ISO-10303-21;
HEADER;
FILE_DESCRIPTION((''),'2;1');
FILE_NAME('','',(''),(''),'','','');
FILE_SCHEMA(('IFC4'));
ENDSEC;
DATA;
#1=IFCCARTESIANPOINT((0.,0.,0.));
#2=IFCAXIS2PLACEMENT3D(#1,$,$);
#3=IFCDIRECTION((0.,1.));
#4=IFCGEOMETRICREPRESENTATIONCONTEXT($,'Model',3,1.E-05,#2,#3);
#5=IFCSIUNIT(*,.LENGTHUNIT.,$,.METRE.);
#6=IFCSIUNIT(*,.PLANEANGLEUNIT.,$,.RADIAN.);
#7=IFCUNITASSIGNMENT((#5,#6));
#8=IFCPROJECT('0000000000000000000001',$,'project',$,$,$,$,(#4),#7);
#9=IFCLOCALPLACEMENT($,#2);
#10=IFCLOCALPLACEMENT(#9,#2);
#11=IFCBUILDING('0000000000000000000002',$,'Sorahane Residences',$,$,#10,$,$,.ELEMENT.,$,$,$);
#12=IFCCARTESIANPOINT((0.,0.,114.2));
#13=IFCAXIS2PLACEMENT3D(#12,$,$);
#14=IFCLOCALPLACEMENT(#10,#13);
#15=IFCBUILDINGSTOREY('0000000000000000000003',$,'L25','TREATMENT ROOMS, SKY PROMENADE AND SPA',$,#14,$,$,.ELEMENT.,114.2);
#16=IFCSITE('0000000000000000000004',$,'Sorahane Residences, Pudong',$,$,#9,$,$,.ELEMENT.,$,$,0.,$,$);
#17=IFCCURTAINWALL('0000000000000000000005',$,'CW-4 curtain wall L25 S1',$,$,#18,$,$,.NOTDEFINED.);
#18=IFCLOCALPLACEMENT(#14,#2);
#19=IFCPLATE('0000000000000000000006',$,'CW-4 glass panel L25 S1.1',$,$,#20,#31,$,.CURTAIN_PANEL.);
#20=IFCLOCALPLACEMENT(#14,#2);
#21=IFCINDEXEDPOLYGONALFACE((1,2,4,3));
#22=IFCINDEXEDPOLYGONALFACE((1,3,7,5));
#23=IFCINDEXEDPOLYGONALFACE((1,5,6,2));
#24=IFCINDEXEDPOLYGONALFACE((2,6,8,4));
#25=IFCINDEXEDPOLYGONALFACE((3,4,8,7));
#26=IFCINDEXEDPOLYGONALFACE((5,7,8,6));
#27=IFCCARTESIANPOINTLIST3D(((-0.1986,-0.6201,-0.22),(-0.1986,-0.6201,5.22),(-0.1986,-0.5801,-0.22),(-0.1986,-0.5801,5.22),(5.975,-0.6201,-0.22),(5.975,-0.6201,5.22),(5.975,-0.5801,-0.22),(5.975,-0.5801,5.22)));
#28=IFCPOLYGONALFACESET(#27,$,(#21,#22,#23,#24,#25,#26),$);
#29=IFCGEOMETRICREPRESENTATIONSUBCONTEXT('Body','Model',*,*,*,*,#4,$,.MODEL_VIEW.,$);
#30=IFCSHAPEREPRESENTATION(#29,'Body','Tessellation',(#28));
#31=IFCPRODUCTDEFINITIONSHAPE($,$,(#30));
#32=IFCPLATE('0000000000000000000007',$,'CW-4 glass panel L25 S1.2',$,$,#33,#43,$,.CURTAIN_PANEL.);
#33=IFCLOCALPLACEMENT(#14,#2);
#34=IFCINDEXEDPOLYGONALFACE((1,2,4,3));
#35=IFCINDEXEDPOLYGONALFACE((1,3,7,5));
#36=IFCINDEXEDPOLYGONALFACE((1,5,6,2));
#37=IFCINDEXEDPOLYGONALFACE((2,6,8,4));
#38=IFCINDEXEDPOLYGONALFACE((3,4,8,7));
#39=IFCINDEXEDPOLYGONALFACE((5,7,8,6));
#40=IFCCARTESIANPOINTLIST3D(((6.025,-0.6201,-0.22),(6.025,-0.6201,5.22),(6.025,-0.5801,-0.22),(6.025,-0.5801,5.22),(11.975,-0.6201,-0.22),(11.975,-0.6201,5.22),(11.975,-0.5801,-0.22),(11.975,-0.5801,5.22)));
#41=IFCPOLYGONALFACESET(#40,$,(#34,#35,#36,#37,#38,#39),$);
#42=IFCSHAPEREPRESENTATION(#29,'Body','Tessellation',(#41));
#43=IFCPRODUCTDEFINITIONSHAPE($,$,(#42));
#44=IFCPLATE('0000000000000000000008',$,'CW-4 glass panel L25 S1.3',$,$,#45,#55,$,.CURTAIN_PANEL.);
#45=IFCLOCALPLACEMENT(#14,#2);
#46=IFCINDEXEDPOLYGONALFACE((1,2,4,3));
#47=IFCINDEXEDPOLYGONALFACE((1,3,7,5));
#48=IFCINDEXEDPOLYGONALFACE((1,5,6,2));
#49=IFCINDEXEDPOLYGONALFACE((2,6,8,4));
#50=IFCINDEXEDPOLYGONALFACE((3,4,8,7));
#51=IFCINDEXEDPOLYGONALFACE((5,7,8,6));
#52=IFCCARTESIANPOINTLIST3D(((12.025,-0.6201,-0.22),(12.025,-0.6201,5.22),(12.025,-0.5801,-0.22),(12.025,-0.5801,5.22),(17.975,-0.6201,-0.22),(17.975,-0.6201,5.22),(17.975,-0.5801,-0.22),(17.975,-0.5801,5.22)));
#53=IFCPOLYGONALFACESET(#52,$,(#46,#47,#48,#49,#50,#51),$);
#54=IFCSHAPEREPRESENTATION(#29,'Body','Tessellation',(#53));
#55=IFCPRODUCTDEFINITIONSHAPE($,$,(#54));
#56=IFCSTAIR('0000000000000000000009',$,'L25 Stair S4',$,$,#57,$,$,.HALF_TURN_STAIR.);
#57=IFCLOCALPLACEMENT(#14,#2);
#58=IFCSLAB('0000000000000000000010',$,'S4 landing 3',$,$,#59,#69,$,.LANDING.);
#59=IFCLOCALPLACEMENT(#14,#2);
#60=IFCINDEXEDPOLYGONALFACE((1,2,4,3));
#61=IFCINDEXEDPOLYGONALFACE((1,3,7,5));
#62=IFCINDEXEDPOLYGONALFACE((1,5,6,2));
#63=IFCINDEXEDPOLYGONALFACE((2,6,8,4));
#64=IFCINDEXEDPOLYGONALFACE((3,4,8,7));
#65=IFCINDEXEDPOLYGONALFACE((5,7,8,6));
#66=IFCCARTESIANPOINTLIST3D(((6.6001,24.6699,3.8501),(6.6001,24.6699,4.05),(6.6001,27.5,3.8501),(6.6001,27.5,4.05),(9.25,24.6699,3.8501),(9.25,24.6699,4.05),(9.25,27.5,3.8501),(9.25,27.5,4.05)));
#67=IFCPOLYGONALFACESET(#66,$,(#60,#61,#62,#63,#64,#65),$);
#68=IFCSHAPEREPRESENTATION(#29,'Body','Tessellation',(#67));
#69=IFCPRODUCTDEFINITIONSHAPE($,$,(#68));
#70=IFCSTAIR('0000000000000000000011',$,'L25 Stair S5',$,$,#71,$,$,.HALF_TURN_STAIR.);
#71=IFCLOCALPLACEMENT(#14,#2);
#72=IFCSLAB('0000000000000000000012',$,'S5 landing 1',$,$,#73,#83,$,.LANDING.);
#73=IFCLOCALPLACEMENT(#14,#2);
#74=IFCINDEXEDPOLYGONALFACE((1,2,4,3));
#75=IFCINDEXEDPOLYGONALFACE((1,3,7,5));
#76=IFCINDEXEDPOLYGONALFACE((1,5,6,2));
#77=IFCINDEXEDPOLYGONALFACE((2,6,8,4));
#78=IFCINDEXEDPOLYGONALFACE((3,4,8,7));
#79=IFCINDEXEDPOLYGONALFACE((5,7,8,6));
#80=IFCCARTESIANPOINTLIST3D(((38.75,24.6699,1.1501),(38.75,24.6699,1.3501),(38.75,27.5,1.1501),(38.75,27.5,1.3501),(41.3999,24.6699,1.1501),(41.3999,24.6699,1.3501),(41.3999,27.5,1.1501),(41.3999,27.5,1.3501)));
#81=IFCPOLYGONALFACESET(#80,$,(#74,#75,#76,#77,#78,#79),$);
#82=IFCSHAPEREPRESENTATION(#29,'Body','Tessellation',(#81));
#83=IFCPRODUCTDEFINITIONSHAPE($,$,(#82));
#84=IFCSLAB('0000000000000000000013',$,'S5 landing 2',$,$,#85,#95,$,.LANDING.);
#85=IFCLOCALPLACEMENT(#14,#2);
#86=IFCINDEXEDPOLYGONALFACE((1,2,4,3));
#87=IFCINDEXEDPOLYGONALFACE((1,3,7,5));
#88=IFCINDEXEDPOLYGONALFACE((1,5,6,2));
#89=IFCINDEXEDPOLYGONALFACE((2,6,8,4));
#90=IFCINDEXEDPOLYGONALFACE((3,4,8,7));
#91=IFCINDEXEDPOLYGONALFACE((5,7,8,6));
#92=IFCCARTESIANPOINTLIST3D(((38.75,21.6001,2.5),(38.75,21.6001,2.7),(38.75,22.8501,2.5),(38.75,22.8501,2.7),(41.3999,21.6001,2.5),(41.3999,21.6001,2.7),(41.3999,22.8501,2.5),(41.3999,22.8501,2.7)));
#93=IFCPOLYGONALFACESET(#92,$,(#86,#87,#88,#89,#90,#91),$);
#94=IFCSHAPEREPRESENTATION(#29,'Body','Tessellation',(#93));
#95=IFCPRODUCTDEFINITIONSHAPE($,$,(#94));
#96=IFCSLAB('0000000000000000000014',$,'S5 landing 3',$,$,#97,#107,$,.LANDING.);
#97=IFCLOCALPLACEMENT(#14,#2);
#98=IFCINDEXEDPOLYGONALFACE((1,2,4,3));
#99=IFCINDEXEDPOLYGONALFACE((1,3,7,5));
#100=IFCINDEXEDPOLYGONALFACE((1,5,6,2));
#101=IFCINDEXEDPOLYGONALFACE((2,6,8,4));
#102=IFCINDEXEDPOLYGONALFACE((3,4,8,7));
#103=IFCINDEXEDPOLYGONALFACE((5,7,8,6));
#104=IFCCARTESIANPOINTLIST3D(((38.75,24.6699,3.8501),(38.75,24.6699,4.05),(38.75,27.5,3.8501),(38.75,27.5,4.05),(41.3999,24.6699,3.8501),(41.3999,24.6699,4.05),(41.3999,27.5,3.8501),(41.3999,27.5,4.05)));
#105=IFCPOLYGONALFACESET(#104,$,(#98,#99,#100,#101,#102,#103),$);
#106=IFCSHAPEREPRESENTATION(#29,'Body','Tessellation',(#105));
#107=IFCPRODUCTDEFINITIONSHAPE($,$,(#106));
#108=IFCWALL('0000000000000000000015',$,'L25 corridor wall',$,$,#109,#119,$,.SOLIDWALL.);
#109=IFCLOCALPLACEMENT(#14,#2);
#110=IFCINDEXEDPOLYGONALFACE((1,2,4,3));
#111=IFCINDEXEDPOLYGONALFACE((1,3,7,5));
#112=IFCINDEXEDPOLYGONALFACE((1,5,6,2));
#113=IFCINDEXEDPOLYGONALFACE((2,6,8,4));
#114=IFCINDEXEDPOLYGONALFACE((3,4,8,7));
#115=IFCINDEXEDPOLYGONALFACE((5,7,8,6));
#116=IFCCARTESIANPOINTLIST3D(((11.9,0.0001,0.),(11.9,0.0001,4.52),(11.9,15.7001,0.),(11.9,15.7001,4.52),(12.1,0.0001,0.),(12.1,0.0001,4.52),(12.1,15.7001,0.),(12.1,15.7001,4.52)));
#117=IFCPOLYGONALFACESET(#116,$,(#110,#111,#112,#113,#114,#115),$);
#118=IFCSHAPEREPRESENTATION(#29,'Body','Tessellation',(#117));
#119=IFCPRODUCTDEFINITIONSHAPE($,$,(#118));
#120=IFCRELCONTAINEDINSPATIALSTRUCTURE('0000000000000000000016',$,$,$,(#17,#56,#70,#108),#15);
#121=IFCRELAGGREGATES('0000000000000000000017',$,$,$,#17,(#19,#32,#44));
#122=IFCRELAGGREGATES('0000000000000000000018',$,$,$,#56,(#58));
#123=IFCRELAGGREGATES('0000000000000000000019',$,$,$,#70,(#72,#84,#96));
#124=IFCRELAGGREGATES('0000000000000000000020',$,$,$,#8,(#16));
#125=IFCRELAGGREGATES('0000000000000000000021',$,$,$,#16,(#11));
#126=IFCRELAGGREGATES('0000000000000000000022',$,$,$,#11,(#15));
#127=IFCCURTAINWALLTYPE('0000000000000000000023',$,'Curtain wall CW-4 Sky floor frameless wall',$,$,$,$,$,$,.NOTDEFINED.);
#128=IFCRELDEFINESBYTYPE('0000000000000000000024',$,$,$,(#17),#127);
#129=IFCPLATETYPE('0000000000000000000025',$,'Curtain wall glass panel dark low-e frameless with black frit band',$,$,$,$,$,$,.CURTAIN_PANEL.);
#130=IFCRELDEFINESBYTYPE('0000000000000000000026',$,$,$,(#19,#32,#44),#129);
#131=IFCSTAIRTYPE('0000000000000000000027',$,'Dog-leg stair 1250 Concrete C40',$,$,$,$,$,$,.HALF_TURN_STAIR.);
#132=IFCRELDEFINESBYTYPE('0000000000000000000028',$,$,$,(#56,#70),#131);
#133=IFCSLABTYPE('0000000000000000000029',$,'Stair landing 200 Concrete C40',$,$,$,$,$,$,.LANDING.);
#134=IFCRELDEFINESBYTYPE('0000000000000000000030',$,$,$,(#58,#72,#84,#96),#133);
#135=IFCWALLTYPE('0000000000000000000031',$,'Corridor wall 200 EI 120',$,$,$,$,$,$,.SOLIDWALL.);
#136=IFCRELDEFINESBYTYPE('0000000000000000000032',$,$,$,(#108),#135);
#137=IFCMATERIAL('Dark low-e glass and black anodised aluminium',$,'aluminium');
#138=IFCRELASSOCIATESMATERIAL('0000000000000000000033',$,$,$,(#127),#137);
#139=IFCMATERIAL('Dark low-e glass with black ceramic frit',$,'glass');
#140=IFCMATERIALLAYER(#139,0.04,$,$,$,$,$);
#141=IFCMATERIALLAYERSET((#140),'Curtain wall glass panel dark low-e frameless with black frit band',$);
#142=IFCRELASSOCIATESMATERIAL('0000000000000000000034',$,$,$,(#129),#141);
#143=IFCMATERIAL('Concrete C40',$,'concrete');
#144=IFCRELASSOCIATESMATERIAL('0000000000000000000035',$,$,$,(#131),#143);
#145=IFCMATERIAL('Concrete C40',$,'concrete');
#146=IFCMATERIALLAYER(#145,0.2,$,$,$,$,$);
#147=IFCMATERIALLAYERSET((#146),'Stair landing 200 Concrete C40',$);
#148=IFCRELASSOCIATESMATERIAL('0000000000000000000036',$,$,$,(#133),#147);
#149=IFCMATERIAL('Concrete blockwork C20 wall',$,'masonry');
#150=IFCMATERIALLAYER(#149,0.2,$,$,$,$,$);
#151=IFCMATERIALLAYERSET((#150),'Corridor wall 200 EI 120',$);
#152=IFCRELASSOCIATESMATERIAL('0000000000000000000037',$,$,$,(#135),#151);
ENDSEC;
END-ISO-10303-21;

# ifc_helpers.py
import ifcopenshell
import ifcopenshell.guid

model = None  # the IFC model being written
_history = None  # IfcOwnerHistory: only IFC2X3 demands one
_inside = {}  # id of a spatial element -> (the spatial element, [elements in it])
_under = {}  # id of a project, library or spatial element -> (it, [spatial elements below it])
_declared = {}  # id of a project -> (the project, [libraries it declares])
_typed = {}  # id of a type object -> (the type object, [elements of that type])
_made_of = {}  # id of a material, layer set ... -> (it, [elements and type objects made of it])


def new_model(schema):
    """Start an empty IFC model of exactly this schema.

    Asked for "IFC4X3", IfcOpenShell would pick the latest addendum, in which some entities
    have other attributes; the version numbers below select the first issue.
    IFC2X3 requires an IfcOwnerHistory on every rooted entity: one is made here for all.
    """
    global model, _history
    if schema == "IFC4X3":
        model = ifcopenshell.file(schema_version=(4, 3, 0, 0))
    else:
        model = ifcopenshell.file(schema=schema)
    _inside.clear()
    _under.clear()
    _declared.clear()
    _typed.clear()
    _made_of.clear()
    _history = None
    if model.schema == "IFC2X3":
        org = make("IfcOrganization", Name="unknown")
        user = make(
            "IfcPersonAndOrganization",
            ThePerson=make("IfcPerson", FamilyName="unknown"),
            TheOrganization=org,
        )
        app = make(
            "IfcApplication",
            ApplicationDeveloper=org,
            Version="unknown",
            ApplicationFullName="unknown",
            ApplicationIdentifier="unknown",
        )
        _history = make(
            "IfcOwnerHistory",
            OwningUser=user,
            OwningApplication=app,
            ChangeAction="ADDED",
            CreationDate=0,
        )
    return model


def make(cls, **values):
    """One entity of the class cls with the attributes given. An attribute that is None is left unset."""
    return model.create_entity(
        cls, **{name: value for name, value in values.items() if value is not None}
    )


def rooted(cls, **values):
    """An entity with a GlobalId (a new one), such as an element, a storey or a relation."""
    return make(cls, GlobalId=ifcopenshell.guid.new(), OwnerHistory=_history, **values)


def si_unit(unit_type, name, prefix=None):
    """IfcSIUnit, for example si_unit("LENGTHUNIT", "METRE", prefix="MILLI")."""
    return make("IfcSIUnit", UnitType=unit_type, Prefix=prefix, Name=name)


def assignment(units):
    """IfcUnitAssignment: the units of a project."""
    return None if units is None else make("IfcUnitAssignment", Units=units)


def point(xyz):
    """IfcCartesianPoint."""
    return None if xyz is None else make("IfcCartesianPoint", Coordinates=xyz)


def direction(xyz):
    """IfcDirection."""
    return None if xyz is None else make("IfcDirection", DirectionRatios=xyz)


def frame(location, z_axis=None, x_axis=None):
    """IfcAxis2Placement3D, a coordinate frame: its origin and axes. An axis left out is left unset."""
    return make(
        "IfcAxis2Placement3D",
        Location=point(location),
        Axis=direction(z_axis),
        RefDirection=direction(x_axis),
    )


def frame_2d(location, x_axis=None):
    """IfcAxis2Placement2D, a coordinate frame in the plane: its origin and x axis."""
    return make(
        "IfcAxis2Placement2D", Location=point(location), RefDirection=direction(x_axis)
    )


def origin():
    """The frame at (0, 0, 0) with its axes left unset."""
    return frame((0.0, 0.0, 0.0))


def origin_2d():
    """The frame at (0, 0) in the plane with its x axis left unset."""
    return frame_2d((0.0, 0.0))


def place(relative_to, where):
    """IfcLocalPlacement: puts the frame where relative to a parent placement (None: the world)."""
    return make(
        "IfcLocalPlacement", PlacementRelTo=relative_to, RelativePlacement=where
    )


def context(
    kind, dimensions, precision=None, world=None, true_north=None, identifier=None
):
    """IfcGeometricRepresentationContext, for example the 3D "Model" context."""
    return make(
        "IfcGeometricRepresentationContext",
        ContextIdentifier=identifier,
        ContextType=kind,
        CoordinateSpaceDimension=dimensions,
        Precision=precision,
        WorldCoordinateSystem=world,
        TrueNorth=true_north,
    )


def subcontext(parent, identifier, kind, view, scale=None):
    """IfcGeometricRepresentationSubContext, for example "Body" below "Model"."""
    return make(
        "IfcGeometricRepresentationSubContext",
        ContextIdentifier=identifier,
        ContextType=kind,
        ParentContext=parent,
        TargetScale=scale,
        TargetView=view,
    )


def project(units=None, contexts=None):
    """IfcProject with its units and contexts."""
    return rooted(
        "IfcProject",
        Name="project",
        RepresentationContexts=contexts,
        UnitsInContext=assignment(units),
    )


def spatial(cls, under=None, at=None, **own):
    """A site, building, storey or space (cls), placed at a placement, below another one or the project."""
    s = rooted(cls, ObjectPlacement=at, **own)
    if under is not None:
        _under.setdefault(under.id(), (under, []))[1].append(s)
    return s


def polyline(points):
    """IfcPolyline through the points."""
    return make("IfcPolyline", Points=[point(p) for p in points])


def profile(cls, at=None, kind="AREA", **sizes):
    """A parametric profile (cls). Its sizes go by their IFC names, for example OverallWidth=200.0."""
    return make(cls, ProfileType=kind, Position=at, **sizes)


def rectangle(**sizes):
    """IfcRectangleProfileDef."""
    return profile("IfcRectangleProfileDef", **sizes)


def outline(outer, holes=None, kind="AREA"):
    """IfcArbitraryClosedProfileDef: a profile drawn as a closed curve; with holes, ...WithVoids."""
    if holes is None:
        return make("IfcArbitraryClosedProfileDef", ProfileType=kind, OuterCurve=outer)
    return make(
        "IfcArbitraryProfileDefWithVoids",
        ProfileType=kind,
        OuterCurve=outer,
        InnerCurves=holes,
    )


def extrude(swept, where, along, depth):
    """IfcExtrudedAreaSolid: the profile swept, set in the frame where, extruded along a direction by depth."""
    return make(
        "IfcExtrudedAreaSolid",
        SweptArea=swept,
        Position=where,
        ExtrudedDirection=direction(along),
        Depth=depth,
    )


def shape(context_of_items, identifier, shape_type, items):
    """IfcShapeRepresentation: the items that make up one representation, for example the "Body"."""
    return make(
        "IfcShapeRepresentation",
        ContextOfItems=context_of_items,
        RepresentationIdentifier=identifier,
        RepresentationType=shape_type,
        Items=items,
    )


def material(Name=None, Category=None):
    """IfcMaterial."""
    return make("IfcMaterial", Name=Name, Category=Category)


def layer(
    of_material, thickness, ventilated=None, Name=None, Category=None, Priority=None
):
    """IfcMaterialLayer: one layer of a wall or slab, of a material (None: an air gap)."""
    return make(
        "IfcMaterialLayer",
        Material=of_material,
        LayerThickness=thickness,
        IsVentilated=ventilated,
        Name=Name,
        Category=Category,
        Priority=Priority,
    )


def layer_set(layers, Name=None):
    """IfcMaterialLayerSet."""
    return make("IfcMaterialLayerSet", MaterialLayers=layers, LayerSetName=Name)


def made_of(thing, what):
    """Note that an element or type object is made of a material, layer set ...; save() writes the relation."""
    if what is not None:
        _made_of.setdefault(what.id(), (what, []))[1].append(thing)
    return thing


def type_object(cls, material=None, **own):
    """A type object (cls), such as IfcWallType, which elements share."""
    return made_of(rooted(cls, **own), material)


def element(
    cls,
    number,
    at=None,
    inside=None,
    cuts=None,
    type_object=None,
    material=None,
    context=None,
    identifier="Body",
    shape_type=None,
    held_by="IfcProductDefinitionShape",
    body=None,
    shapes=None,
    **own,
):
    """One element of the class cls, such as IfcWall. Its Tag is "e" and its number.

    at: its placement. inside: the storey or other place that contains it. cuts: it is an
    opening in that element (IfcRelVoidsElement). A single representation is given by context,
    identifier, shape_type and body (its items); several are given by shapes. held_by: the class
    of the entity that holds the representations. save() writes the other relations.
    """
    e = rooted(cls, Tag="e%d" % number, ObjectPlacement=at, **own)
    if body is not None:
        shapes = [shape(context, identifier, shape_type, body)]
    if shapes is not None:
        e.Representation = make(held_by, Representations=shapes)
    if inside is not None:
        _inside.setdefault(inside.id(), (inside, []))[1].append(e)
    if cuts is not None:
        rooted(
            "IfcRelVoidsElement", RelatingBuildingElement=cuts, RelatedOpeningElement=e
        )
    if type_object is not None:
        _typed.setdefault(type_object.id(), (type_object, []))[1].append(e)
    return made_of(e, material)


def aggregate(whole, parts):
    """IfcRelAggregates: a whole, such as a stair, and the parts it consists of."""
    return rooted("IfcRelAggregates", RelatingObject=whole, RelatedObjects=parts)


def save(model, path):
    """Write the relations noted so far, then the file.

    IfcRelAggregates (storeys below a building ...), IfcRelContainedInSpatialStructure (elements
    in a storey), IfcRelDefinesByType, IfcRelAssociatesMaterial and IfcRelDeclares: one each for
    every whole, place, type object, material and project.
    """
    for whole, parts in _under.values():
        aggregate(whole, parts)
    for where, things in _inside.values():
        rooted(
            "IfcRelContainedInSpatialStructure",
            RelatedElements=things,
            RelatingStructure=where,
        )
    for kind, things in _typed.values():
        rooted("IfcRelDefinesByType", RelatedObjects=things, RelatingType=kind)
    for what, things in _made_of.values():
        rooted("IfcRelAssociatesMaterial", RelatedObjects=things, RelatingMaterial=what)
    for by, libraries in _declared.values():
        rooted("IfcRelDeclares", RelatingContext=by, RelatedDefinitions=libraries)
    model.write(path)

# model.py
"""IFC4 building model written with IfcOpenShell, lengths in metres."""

from ifc_helpers import new_model, si_unit, direction, frame, frame_2d, origin, origin_2d, place, context, subcontext, project, spatial, polyline, rectangle, outline, extrude, material, layer, layer_set, type_object, element, aggregate, save


model = new_model("IFC4")

# Units and contexts
model_context = context("Model", 3, precision=1e-05, world=origin(), true_north=direction((0.0, 1.0)))
body_context = subcontext(model_context, "Body", "Model", "MODEL_VIEW")
ifc_project = project(units=[si_unit("LENGTHUNIT", "METRE"), si_unit("PLANEANGLEUNIT", "RADIAN")], contexts=[model_context])

# Site, building, storey
site_placement = place(None, origin())
site = spatial("IfcSite", under=ifc_project, at=site_placement, Name="Sorahane Residences, Pudong", CompositionType="ELEMENT", RefElevation=0.0)
building_placement = place(site_placement, origin())
building = spatial("IfcBuilding", under=site, at=building_placement, Name="Sorahane Residences", CompositionType="ELEMENT")
storey_placement = place(building_placement, frame((0.0, 0.0, 114.2)))
storey = spatial("IfcBuildingStorey", under=building, at=storey_placement, Name="L25", Description="TREATMENT ROOMS, SKY PROMENADE AND SPA", CompositionType="ELEMENT", Elevation=114.2)

# Curtain wall
ifc_material_1 = material(Name="Dark low-e glass and black anodised aluminium", Category="aluminium")
curtain_wall_type = type_object("IfcCurtainWallType", Name="Curtain wall CW-4 Sky floor frameless wall", PredefinedType="NOTDEFINED", material=ifc_material_1)
curtain_wall_placement = place(storey_placement, origin())
curtain_wall = element("IfcCurtainWall", 1, at=curtain_wall_placement, inside=storey, type_object=curtain_wall_type, Name="CW-4 curtain wall L25 S1", PredefinedType="NOTDEFINED")

# Plates
ifc_material_2 = material(Name="Dark low-e glass with black ceramic frit", Category="glass")
ifc_layer_1 = layer(ifc_material_2, 0.04)
ifc_layer_set_1 = layer_set([ifc_layer_1], Name="Curtain wall glass panel dark low-e frameless with black frit band")
plate_type = type_object("IfcPlateType", Name="Curtain wall glass panel dark low-e frameless with black frit band", PredefinedType="CURTAIN_PANEL", material=ifc_layer_set_1)
plate_1_placement = place(storey_placement, frame((2.8882, -0.6001, -0.22), z_axis=(0.0, 0.0, 1.0), x_axis=(1.0, 0.0, 0.0)))
plate_1 = element("IfcPlate", 2, at=plate_1_placement, type_object=plate_type, Name="CW-4 glass panel L25 S1.1", PredefinedType="CURTAIN_PANEL", context=body_context, shape_type="SweptSolid", body=[
    extrude(rectangle(XDim=6.1736, YDim=0.04, at=origin_2d()), origin(), (0.0, 0.0, 1.0), 5.4399),
])
plate_2_placement = place(storey_placement, frame((9.0, -0.6001, -0.22), z_axis=(0.0, 0.0, 1.0), x_axis=(1.0, 0.0, 0.0)))
plate_2 = element("IfcPlate", 3, at=plate_2_placement, type_object=plate_type, Name="CW-4 glass panel L25 S1.2", PredefinedType="CURTAIN_PANEL", context=body_context, shape_type="SweptSolid", body=[
    extrude(rectangle(XDim=5.95, YDim=0.04, at=origin_2d()), origin(), (0.0, 0.0, 1.0), 5.4399),
])
plate_3_placement = place(storey_placement, frame((15.0, -0.6001, -0.22), z_axis=(0.0, 0.0, 1.0), x_axis=(1.0, 0.0, 0.0)))
plate_3 = element("IfcPlate", 4, at=plate_3_placement, type_object=plate_type, Name="CW-4 glass panel L25 S1.3", PredefinedType="CURTAIN_PANEL", context=body_context, shape_type="SweptSolid", body=[
    extrude(rectangle(XDim=5.95, YDim=0.04, at=origin_2d()), origin(), (0.0, 0.0, 1.0), 5.4399),
])
aggregate(curtain_wall, [plate_1, plate_2, plate_3])

# Stair, slab
ifc_material_3 = material(Name="Concrete C40", Category="concrete")
stair_type = type_object("IfcStairType", Name="Dog-leg stair 1250 Concrete C40", PredefinedType="HALF_TURN_STAIR", material=ifc_material_3)
stair_1_placement = place(storey_placement, origin())
stair_1 = element("IfcStair", 5, at=stair_1_placement, inside=storey, type_object=stair_type, Name="L25 Stair S4", PredefinedType="HALF_TURN_STAIR")
ifc_material_4 = material(Name="Concrete C40", Category="concrete")
ifc_layer_2 = layer(ifc_material_4, 0.2)
ifc_layer_set_2 = layer_set([ifc_layer_2], Name="Stair landing 200 Concrete C40")
slab_type = type_object("IfcSlabType", Name="Stair landing 200 Concrete C40", PredefinedType="LANDING", material=ifc_layer_set_2)
slab_1_placement = place(storey_placement, frame((0.0, 0.0, 3.8501)))
slab_1 = element("IfcSlab", 6, at=slab_1_placement, type_object=slab_type, Name="S4 landing 3", PredefinedType="LANDING", context=body_context, shape_type="SweptSolid", body=[
    extrude(outline(polyline([(9.25, 24.6699), (9.25, 27.5), (6.6001, 27.5), (6.6001, 24.6699), (9.25, 24.6699)])), origin(), (0.0, 0.0, 1.0), 0.2),
])
aggregate(stair_1, [slab_1])

# Stair, slabs
stair_2_placement = place(storey_placement, origin())
stair_2 = element("IfcStair", 7, at=stair_2_placement, inside=storey, type_object=stair_type, Name="L25 Stair S5", PredefinedType="HALF_TURN_STAIR")
slab_2_placement = place(storey_placement, frame((0.0, 0.0, 1.1501)))
slab_2 = element("IfcSlab", 8, at=slab_2_placement, type_object=slab_type, Name="S5 landing 1", PredefinedType="LANDING", context=body_context, shape_type="SweptSolid", body=[
    extrude(outline(polyline([(41.3999, 24.6699), (41.3999, 27.5), (38.75, 27.5), (38.75, 24.6699), (41.3999, 24.6699)])), origin(), (0.0, 0.0, 1.0), 0.2),
])
slab_3_placement = place(storey_placement, frame((0.0, 0.0, 2.5)))
slab_3 = element("IfcSlab", 9, at=slab_3_placement, type_object=slab_type, Name="S5 landing 2", PredefinedType="LANDING", context=body_context, shape_type="SweptSolid", body=[
    extrude(outline(polyline([(41.3999, 21.6001), (41.3999, 22.8501), (38.75, 22.8501), (38.75, 21.6001), (41.3999, 21.6001)])), origin(), (0.0, 0.0, 1.0), 0.2),
])
slab_4_placement = place(storey_placement, frame((0.0, 0.0, 3.8501)))
slab_4 = element("IfcSlab", 10, at=slab_4_placement, type_object=slab_type, Name="S5 landing 3", PredefinedType="LANDING", context=body_context, shape_type="SweptSolid", body=[
    extrude(outline(polyline([(41.3999, 24.6699), (41.3999, 27.5), (38.75, 27.5), (38.75, 24.6699), (41.3999, 24.6699)])), origin(), (0.0, 0.0, 1.0), 0.2),
])
aggregate(stair_2, [slab_2, slab_3, slab_4])

# Wall
ifc_material_5 = material(Name="Concrete blockwork C20 wall", Category="masonry")
ifc_layer_3 = layer(ifc_material_5, 0.2)
ifc_layer_set_3 = layer_set([ifc_layer_3], Name="Corridor wall 200 EI 120")
wall_type = type_object("IfcWallType", Name="Corridor wall 200 EI 120", PredefinedType="SOLIDWALL", material=ifc_layer_set_3)
wall_placement = place(storey_placement, frame((12.0, 0.0, 0.0), z_axis=(0.0, 0.0, 1.0), x_axis=(0.0, 1.0, 0.0)))
element("IfcWall", 11, at=wall_placement, inside=storey, type_object=wall_type, Name="L25 corridor wall", PredefinedType="SOLIDWALL", context=body_context, shape_type="SweptSolid", body=[
    extrude(rectangle(XDim=15.7, YDim=0.2, at=frame_2d((7.8501, 0.0))), origin(), (0.0, 0.0, 1.0), 4.52),
])

save(model, "model.ifc")
